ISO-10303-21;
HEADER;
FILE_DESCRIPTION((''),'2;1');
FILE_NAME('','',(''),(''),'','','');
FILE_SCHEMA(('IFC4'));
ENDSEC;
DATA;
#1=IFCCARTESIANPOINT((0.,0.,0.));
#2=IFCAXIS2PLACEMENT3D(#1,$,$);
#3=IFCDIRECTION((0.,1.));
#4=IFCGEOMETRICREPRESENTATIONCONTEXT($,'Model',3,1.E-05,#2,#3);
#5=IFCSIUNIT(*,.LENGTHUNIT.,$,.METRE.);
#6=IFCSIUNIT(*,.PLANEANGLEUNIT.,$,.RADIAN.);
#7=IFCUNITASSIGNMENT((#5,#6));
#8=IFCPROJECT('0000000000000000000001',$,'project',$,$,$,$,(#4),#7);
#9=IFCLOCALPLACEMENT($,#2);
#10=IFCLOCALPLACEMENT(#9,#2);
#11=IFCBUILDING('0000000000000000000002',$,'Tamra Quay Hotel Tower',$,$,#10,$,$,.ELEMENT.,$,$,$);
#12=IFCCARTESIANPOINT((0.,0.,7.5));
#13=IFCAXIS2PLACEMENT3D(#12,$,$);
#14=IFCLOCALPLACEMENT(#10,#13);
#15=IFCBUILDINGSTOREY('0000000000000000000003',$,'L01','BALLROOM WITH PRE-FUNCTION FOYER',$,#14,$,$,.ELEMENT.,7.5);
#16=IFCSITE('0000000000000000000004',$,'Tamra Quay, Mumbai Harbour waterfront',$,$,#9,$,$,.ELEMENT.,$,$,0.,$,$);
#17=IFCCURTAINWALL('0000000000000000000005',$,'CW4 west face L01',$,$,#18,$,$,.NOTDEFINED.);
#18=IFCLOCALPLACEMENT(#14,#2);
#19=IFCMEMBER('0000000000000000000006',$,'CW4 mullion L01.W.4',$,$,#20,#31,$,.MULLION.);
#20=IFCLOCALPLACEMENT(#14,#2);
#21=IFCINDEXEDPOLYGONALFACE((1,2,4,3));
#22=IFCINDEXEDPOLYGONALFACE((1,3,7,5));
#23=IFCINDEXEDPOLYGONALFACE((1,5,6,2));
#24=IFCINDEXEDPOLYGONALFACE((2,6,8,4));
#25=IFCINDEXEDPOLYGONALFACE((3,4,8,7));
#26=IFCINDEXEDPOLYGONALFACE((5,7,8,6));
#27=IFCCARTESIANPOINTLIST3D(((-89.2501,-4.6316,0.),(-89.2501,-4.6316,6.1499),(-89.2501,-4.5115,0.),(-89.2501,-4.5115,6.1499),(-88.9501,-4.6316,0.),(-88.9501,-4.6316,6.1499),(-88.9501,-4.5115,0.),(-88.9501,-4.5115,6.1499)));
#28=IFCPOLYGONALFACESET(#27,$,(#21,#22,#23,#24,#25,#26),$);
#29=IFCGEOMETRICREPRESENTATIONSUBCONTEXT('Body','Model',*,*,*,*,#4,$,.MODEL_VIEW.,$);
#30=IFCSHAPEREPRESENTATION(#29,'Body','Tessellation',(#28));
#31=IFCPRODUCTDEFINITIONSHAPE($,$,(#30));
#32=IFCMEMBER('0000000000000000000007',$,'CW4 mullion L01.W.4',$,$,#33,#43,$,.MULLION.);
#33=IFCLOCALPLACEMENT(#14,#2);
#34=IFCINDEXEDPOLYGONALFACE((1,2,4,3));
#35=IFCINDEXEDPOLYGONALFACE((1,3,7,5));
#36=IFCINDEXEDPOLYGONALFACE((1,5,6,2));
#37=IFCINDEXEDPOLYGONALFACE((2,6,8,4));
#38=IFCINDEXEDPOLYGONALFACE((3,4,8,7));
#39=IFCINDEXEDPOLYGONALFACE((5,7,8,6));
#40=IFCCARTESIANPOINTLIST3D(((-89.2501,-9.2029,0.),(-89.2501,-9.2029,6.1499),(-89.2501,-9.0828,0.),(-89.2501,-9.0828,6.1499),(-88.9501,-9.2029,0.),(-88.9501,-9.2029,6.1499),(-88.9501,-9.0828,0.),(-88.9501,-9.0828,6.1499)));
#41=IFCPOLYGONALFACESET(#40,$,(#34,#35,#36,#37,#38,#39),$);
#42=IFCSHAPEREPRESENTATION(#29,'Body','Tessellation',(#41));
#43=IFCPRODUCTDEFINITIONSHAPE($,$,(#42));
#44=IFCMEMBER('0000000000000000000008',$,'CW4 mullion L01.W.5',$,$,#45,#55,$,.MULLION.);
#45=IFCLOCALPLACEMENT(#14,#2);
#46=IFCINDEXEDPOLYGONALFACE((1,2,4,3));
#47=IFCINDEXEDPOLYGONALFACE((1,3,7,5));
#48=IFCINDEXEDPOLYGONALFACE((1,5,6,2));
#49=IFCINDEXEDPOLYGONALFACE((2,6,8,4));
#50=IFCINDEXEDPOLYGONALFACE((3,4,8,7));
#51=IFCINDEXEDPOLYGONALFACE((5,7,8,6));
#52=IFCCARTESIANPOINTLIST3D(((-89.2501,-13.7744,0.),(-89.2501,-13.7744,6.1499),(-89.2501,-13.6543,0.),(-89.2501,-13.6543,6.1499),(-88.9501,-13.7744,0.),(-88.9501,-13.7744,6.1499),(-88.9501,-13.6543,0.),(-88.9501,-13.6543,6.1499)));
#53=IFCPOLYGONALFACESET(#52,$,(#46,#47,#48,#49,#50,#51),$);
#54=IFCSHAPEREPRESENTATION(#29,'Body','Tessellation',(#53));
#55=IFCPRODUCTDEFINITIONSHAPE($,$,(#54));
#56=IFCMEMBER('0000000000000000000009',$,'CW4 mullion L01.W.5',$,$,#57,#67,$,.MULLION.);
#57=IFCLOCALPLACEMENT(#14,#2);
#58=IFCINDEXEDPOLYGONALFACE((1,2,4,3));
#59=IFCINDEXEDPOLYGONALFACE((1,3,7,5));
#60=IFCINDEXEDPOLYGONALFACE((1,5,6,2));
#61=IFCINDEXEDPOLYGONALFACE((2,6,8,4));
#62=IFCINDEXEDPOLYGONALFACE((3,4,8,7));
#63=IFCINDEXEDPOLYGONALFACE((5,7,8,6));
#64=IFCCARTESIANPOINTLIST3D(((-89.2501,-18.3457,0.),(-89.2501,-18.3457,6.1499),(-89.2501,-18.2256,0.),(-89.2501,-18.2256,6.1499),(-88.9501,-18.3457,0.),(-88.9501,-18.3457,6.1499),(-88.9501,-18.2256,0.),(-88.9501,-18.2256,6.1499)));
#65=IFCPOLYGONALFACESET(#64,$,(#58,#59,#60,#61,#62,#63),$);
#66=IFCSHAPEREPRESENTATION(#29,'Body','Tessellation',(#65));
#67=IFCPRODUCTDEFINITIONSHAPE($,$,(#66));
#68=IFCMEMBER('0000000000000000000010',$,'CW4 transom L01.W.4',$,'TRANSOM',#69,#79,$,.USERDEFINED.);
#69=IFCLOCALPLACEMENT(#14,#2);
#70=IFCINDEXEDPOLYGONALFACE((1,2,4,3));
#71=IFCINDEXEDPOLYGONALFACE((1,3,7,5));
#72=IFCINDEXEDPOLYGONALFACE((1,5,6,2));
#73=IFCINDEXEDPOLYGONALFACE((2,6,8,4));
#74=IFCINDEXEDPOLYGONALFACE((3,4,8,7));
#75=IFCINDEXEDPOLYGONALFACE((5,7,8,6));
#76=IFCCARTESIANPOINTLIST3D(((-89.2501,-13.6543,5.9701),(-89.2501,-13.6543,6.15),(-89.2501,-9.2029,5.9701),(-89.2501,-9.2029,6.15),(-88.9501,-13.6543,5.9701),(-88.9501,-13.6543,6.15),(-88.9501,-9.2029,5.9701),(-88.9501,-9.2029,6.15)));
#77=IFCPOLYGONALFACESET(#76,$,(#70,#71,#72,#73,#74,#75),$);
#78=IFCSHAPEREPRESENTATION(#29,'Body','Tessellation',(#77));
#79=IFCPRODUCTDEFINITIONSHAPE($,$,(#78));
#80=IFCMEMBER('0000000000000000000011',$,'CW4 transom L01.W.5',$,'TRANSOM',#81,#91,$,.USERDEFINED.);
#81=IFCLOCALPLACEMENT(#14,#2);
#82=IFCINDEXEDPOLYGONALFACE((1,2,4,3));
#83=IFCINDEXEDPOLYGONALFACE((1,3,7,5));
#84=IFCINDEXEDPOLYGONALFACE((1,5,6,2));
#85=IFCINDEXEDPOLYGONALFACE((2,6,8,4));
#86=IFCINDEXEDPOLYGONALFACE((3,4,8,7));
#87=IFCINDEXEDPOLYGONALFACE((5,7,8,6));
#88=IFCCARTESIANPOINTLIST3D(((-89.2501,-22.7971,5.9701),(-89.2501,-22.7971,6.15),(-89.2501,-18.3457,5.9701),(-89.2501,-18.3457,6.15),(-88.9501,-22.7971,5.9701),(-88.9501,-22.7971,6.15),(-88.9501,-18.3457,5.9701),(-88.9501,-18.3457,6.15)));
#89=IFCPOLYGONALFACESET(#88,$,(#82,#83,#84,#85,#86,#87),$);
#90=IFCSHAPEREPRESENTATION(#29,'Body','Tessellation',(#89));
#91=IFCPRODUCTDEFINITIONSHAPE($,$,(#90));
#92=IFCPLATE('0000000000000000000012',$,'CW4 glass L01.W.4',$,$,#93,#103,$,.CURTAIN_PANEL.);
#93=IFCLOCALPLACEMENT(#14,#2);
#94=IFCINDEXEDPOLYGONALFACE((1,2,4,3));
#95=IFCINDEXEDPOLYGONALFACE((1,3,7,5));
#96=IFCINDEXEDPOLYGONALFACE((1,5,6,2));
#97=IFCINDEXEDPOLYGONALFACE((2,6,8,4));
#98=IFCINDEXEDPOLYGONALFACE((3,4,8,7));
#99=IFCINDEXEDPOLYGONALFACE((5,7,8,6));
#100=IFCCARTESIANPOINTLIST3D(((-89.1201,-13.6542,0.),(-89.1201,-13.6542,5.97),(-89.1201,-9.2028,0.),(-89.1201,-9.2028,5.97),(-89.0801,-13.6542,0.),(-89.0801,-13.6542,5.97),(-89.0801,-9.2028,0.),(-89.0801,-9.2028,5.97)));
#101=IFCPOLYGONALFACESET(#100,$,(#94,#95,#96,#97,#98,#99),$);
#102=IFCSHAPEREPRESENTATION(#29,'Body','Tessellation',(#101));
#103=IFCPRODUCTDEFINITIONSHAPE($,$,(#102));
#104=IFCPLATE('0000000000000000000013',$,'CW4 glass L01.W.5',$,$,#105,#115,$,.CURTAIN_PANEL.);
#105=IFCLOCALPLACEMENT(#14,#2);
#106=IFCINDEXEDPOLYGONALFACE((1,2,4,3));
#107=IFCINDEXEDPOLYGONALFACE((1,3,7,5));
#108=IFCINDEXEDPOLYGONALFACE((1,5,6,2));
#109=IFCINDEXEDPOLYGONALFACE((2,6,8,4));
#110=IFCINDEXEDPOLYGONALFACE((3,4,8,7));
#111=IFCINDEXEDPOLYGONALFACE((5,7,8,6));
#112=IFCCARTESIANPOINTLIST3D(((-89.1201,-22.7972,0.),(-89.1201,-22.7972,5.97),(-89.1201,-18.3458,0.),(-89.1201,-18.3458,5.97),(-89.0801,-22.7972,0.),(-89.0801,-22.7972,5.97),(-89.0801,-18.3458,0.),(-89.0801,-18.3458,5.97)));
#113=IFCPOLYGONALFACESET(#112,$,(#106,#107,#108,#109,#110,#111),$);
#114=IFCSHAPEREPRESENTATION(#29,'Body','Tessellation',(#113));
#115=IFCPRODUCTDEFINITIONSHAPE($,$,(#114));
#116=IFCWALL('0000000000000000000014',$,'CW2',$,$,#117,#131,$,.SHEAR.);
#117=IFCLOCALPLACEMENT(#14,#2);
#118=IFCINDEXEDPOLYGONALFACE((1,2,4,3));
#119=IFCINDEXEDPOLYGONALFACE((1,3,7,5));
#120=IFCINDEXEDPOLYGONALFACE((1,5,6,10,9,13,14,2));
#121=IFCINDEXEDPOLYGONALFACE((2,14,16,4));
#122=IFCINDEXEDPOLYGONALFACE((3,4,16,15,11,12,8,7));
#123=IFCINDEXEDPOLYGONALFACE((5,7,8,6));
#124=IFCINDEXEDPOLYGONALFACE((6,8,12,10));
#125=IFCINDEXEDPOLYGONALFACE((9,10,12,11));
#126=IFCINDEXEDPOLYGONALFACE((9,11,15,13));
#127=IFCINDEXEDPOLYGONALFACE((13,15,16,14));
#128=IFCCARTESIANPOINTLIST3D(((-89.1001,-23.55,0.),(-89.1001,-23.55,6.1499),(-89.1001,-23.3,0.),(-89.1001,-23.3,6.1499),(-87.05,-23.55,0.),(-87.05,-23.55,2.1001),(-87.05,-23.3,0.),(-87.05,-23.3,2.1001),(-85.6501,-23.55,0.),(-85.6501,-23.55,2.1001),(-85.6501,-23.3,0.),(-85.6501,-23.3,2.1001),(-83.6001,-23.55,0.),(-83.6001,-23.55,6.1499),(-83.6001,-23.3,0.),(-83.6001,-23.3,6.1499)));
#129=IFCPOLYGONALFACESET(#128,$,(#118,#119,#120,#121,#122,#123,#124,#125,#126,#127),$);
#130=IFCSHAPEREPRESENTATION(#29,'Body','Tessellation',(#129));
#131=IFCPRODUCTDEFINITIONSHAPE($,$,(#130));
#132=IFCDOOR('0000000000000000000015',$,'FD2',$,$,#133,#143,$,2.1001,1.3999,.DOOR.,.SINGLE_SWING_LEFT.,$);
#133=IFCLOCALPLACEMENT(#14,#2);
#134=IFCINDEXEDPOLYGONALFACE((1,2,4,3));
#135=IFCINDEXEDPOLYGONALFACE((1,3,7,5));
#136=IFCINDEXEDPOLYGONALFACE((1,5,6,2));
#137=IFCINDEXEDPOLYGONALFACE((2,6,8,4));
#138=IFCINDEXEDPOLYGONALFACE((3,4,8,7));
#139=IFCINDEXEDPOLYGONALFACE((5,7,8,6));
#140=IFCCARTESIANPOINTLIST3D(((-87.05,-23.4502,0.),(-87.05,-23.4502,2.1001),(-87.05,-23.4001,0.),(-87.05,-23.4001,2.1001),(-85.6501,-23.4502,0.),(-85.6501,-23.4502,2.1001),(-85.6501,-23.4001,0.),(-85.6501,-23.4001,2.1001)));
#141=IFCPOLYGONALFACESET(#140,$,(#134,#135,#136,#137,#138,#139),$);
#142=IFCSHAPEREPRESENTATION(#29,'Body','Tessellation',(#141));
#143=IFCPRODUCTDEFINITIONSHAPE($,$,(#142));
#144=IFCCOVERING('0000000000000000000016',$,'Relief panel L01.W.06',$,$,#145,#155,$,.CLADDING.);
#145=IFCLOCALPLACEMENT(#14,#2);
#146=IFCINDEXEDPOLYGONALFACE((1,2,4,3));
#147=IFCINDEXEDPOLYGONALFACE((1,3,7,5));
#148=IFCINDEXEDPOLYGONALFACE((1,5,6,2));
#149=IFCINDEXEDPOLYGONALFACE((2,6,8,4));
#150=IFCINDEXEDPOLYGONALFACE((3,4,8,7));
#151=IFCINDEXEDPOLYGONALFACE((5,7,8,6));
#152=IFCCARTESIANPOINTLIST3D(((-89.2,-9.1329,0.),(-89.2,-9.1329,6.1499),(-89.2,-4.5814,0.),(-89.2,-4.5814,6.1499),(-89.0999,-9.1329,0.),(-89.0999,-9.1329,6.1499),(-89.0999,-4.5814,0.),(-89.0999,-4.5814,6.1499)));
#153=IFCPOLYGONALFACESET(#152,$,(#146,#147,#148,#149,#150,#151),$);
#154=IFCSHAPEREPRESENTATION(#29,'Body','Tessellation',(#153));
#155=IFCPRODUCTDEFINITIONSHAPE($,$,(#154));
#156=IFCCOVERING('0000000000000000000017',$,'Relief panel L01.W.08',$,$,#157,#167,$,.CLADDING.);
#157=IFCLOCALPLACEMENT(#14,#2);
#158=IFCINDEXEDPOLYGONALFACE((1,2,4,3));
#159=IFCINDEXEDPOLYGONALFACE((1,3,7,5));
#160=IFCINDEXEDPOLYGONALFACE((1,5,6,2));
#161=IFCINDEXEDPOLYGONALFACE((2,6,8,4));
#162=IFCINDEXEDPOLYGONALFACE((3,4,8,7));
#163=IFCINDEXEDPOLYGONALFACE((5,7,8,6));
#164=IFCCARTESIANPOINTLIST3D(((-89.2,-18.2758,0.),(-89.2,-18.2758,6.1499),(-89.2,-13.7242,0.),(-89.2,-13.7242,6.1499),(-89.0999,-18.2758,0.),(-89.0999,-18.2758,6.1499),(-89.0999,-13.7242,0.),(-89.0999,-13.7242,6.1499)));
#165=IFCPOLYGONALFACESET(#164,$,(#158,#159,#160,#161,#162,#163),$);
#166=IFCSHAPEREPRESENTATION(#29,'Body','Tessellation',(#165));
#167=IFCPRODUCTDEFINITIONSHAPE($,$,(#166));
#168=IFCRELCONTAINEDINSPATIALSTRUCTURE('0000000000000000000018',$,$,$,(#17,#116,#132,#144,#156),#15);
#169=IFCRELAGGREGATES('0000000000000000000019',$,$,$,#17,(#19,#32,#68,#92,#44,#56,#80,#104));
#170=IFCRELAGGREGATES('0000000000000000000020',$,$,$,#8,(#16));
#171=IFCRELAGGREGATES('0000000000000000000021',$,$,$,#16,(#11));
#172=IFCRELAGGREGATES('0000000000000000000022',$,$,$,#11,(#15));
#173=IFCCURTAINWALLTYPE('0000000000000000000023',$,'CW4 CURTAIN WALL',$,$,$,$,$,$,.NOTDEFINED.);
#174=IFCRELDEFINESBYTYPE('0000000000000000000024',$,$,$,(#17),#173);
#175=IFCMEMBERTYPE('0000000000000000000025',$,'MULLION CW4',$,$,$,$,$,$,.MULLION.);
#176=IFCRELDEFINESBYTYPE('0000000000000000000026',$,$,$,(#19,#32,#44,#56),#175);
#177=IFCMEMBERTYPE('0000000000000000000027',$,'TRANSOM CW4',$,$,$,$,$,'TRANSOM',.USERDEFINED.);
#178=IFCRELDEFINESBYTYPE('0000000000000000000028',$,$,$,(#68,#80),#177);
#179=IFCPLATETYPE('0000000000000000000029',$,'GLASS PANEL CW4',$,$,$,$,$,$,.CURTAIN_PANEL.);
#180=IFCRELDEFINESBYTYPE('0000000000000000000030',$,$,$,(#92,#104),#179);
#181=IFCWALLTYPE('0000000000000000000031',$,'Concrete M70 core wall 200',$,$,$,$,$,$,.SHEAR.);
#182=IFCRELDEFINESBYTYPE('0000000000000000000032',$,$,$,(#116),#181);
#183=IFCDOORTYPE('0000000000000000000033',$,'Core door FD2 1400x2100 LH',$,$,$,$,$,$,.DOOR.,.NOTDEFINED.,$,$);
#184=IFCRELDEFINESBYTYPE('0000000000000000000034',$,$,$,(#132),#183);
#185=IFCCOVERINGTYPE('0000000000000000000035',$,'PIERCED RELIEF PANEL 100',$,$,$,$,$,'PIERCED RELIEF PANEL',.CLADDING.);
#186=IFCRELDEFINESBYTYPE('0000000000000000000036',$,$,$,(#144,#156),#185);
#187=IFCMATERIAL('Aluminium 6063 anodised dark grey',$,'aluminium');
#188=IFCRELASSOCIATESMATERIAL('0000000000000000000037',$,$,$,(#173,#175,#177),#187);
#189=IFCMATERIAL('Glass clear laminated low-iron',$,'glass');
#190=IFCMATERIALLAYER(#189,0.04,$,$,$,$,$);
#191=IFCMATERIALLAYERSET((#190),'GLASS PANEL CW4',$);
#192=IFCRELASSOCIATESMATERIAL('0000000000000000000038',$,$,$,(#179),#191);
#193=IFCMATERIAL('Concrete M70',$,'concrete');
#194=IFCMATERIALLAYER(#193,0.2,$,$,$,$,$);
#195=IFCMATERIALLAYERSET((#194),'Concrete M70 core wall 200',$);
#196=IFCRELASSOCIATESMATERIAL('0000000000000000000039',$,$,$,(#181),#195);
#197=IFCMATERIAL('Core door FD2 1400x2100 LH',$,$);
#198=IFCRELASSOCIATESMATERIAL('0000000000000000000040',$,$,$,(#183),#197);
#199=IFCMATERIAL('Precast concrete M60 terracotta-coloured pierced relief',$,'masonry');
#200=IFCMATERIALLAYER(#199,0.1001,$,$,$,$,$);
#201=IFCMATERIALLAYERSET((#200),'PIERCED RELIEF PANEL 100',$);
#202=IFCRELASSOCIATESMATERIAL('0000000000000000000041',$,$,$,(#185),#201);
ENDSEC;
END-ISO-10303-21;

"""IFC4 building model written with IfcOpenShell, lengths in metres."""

from ifc_helpers import new_model, si_unit, direction, frame, frame_2d, origin, origin_2d, place, context, subcontext, project, spatial, rectangle, extrude, material, layer, layer_set, material_profile, profile_set, type_object, element, fill, aggregate, save


model = new_model("IFC4")

# Units and contexts
model_context = context("Model", 3, precision=1e-05, world=origin(), true_north=direction((0.0, 1.0)))
body_context = subcontext(model_context, "Body", "Model", "MODEL_VIEW")
ifc_project = project(units=[si_unit("LENGTHUNIT", "METRE"), si_unit("PLANEANGLEUNIT", "RADIAN")], contexts=[model_context])

# Site, building, storey
site_placement = place(None, origin())
site = spatial("IfcSite", under=ifc_project, at=site_placement, Name="Tamra Quay, Mumbai Harbour waterfront", CompositionType="ELEMENT", RefElevation=0.0)
building_placement = place(site_placement, origin())
building = spatial("IfcBuilding", under=site, at=building_placement, Name="Tamra Quay Hotel Tower", CompositionType="ELEMENT")
storey_placement = place(building_placement, frame((0.0, 0.0, 7.5)))
storey = spatial("IfcBuildingStorey", under=building, at=storey_placement, Name="L01", Description="BALLROOM WITH PRE-FUNCTION FOYER", CompositionType="ELEMENT", Elevation=7.5)

# Curtain wall, members, plates
ifc_material_1 = material(Name="Aluminium 6063 anodised dark grey", Category="aluminium")
curtain_wall_type = type_object("IfcCurtainWallType", Name="CW4 CURTAIN WALL", PredefinedType="NOTDEFINED", material=ifc_material_1)
curtain_wall_placement = place(storey_placement, origin())
curtain_wall = element("IfcCurtainWall", 1, at=curtain_wall_placement, inside=storey, type_object=curtain_wall_type, Name="CW4 west face L01", PredefinedType="NOTDEFINED")
ifc_material_profile_1 = material_profile(ifc_material_1, rectangle(XDim=0.3, YDim=0.1201, at=origin_2d()), Name="MULLION 120X300")
ifc_profile_set_1 = profile_set([ifc_material_profile_1], Name="Aluminium 6063 anodised dark grey")
member_type_1 = type_object("IfcMemberType", Name="MULLION CW4", PredefinedType="MULLION", material=ifc_profile_set_1)
member_1_placement = place(storey_placement, frame((-89.1001, -4.5715, 0.0), z_axis=(0.0, 0.0, 1.0), x_axis=(-1.0, 0.0, 0.0)))
member_1 = element("IfcMember", 2, at=member_1_placement, type_object=member_type_1, Name="CW4 mullion L01.W.4", PredefinedType="MULLION", context=body_context, shape_type="SweptSolid", body=[
    extrude(rectangle(XDim=0.3, YDim=0.1201, at=origin_2d()), origin(), (0.0, 0.0, 1.0), 6.1499),
])
member_2_placement = place(storey_placement, frame((-89.1001, -9.1428, 0.0), z_axis=(0.0, 0.0, 1.0), x_axis=(-1.0, 0.0, 0.0)))
member_2 = element("IfcMember", 3, at=member_2_placement, type_object=member_type_1, Name="CW4 mullion L01.W.4", PredefinedType="MULLION", context=body_context, shape_type="SweptSolid", body=[
    extrude(rectangle(XDim=0.3, YDim=0.1201, at=origin_2d()), origin(), (0.0, 0.0, 1.0), 6.1499),
])
member_3_placement = place(storey_placement, frame((-89.1001, -13.7144, 0.0), z_axis=(0.0, 0.0, 1.0), x_axis=(-1.0, 0.0, 0.0)))
member_3 = element("IfcMember", 4, at=member_3_placement, type_object=member_type_1, Name="CW4 mullion L01.W.5", PredefinedType="MULLION", context=body_context, shape_type="SweptSolid", body=[
    extrude(rectangle(XDim=0.3, YDim=0.1201, at=origin_2d()), origin(), (0.0, 0.0, 1.0), 6.1499),
])
member_4_placement = place(storey_placement, frame((-89.1001, -18.2856, 0.0), z_axis=(0.0, 0.0, 1.0), x_axis=(-1.0, 0.0, 0.0)))
member_4 = element("IfcMember", 5, at=member_4_placement, type_object=member_type_1, Name="CW4 mullion L01.W.5", PredefinedType="MULLION", context=body_context, shape_type="SweptSolid", body=[
    extrude(rectangle(XDim=0.3, YDim=0.1201, at=origin_2d()), origin(), (0.0, 0.0, 1.0), 6.1499),
])
ifc_material_profile_2 = material_profile(ifc_material_1, rectangle(XDim=0.3, YDim=0.1799, at=origin_2d()), Name="TRANSOM 300X180")
ifc_profile_set_2 = profile_set([ifc_material_profile_2], Name="Aluminium 6063 anodised dark grey")
member_type_2 = type_object("IfcMemberType", Name="TRANSOM CW4", ElementType="TRANSOM", PredefinedType="USERDEFINED", material=ifc_profile_set_2)
member_5_placement = place(storey_placement, frame((-89.1001, -9.2029, 6.0601), z_axis=(0.0, -1.0, 0.0), x_axis=(1.0, 0.0, 0.0)))
member_5 = element("IfcMember", 6, at=member_5_placement, type_object=member_type_2, Name="CW4 transom L01.W.4", ObjectType="TRANSOM", PredefinedType="USERDEFINED", context=body_context, shape_type="SweptSolid", body=[
    extrude(rectangle(XDim=0.3, YDim=0.1799, at=origin_2d()), origin(), (0.0, 0.0, 1.0), 4.4514),
])
member_6_placement = place(storey_placement, frame((-89.1001, -18.3457, 6.0601), z_axis=(0.0, -1.0, 0.0), x_axis=(1.0, 0.0, 0.0)))
member_6 = element("IfcMember", 7, at=member_6_placement, type_object=member_type_2, Name="CW4 transom L01.W.5", ObjectType="TRANSOM", PredefinedType="USERDEFINED", context=body_context, shape_type="SweptSolid", body=[
    extrude(rectangle(XDim=0.3, YDim=0.1799, at=origin_2d()), origin(), (0.0, 0.0, 1.0), 4.4514),
])
ifc_material_2 = material(Name="Glass clear laminated low-iron", Category="glass")
ifc_layer_1 = layer(ifc_material_2, 0.04)
ifc_layer_set_1 = layer_set([ifc_layer_1], Name="GLASS PANEL CW4")
plate_type = type_object("IfcPlateType", Name="GLASS PANEL CW4", PredefinedType="CURTAIN_PANEL", material=ifc_layer_set_1)
plate_1_placement = place(storey_placement, frame((-89.1001, -11.4285, 0.0), z_axis=(0.0, 0.0, 1.0), x_axis=(0.0, -1.0, 0.0)))
plate_1 = element("IfcPlate", 8, at=plate_1_placement, type_object=plate_type, Name="CW4 glass L01.W.4", PredefinedType="CURTAIN_PANEL", context=body_context, shape_type="SweptSolid", body=[
    extrude(rectangle(XDim=4.4514, YDim=0.04, at=origin_2d()), origin(), (0.0, 0.0, 1.0), 5.97),
])
plate_2_placement = place(storey_placement, frame((-89.1001, -20.5715, 0.0), z_axis=(0.0, 0.0, 1.0), x_axis=(0.0, -1.0, 0.0)))
plate_2 = element("IfcPlate", 9, at=plate_2_placement, type_object=plate_type, Name="CW4 glass L01.W.5", PredefinedType="CURTAIN_PANEL", context=body_context, shape_type="SweptSolid", body=[
    extrude(rectangle(XDim=4.4514, YDim=0.04, at=origin_2d()), origin(), (0.0, 0.0, 1.0), 5.97),
])
aggregate(curtain_wall, [member_1, member_2, member_5, plate_1, member_3, member_4, member_6, plate_2])

# Wall, opening, door
ifc_material_3 = material(Name="Concrete M70", Category="concrete")
ifc_layer_2 = layer(ifc_material_3, 0.2)
ifc_layer_set_2 = layer_set([ifc_layer_2], Name="Concrete M70 core wall 200")
wall_type = type_object("IfcWallType", Name="Concrete M70 core wall 200", PredefinedType="SHEAR", material=ifc_layer_set_2)
wall_placement = place(storey_placement, frame((-89.1001, -23.425, 0.0), z_axis=(0.0, 0.0, 1.0), x_axis=(1.0, 0.0, 0.0)))
wall = element("IfcWall", 10, at=wall_placement, inside=storey, type_object=wall_type, Name="CW2", PredefinedType="SHEAR", context=body_context, shape_type="SweptSolid", body=[
    extrude(rectangle(XDim=5.5, YDim=0.25, at=frame_2d((2.75, 0.0))), origin(), (0.0, 0.0, 1.0), 6.1499),
])
opening_placement = place(wall_placement, frame((2.05, 0.0, 0.0)))
opening = element("IfcOpeningElement", 11, at=opening_placement, cuts=wall, PredefinedType="OPENING", context=body_context, shape_type="SweptSolid", body=[
    extrude(rectangle(XDim=1.3999, YDim=2.1001, at=frame_2d((0.7, 1.05))), frame((0.0, 0.135, 0.0), z_axis=(0.0, -1.0, 0.0), x_axis=(1.0, 0.0, 0.0)), (0.0, 0.0, 1.0), 0.27),
])
ifc_material_4 = material(Name="Core door FD2 1400x2100 LH")
door_type = type_object("IfcDoorType", Name="Core door FD2 1400x2100 LH", OperationType="NOTDEFINED", PredefinedType="DOOR", material=ifc_material_4)
door_placement = place(opening_placement, origin())
door = element("IfcDoor", 12, at=door_placement, inside=storey, type_object=door_type, Name="FD2", OperationType="SINGLE_SWING_LEFT", OverallHeight=2.1001, OverallWidth=1.3999, PredefinedType="DOOR", context=body_context, shape_type="SweptSolid", body=[
    extrude(rectangle(XDim=1.3999, YDim=2.1001, at=frame_2d((0.7, 1.05))), frame((0.0, 0.0249, 0.0), z_axis=(0.0, -1.0, 0.0), x_axis=(1.0, 0.0, 0.0)), (0.0, 0.0, 1.0), 0.05),
])
fill(opening, door)

# Coverings
ifc_material_5 = material(Name="Precast concrete M60 terracotta-coloured pierced relief", Category="masonry")
ifc_layer_3 = layer(ifc_material_5, 0.1001)
ifc_layer_set_3 = layer_set([ifc_layer_3], Name="PIERCED RELIEF PANEL 100")
covering_type_1 = type_object("IfcCoveringType", Name="PIERCED RELIEF PANEL 100", ElementType="PIERCED RELIEF PANEL", PredefinedType="CLADDING", material=ifc_layer_set_3)
for number, where, z_axis, x_axis, name in (
    (13, (-89.1499, -6.8572, 0.0), (0.0, 0.0, 1.0), (0.0, -1.0, 0.0), "Relief panel L01.W.06"),
    (14, (-89.1499, -16.0, 0.0), (0.0, 0.0, 1.0), (0.0, -1.0, 0.0), "Relief panel L01.W.08"),
):
    element("IfcCovering", number, at=place(storey_placement, frame(where, z_axis=z_axis, x_axis=x_axis)), inside=storey, type_object=covering_type_1, Name=name, PredefinedType="CLADDING", context=body_context, shape_type="SweptSolid", body=[
        extrude(rectangle(XDim=4.5515, YDim=0.1001, at=origin_2d()), origin(), (0.0, 0.0, 1.0), 6.1499),
    ])

save(model, "model.ifc")
